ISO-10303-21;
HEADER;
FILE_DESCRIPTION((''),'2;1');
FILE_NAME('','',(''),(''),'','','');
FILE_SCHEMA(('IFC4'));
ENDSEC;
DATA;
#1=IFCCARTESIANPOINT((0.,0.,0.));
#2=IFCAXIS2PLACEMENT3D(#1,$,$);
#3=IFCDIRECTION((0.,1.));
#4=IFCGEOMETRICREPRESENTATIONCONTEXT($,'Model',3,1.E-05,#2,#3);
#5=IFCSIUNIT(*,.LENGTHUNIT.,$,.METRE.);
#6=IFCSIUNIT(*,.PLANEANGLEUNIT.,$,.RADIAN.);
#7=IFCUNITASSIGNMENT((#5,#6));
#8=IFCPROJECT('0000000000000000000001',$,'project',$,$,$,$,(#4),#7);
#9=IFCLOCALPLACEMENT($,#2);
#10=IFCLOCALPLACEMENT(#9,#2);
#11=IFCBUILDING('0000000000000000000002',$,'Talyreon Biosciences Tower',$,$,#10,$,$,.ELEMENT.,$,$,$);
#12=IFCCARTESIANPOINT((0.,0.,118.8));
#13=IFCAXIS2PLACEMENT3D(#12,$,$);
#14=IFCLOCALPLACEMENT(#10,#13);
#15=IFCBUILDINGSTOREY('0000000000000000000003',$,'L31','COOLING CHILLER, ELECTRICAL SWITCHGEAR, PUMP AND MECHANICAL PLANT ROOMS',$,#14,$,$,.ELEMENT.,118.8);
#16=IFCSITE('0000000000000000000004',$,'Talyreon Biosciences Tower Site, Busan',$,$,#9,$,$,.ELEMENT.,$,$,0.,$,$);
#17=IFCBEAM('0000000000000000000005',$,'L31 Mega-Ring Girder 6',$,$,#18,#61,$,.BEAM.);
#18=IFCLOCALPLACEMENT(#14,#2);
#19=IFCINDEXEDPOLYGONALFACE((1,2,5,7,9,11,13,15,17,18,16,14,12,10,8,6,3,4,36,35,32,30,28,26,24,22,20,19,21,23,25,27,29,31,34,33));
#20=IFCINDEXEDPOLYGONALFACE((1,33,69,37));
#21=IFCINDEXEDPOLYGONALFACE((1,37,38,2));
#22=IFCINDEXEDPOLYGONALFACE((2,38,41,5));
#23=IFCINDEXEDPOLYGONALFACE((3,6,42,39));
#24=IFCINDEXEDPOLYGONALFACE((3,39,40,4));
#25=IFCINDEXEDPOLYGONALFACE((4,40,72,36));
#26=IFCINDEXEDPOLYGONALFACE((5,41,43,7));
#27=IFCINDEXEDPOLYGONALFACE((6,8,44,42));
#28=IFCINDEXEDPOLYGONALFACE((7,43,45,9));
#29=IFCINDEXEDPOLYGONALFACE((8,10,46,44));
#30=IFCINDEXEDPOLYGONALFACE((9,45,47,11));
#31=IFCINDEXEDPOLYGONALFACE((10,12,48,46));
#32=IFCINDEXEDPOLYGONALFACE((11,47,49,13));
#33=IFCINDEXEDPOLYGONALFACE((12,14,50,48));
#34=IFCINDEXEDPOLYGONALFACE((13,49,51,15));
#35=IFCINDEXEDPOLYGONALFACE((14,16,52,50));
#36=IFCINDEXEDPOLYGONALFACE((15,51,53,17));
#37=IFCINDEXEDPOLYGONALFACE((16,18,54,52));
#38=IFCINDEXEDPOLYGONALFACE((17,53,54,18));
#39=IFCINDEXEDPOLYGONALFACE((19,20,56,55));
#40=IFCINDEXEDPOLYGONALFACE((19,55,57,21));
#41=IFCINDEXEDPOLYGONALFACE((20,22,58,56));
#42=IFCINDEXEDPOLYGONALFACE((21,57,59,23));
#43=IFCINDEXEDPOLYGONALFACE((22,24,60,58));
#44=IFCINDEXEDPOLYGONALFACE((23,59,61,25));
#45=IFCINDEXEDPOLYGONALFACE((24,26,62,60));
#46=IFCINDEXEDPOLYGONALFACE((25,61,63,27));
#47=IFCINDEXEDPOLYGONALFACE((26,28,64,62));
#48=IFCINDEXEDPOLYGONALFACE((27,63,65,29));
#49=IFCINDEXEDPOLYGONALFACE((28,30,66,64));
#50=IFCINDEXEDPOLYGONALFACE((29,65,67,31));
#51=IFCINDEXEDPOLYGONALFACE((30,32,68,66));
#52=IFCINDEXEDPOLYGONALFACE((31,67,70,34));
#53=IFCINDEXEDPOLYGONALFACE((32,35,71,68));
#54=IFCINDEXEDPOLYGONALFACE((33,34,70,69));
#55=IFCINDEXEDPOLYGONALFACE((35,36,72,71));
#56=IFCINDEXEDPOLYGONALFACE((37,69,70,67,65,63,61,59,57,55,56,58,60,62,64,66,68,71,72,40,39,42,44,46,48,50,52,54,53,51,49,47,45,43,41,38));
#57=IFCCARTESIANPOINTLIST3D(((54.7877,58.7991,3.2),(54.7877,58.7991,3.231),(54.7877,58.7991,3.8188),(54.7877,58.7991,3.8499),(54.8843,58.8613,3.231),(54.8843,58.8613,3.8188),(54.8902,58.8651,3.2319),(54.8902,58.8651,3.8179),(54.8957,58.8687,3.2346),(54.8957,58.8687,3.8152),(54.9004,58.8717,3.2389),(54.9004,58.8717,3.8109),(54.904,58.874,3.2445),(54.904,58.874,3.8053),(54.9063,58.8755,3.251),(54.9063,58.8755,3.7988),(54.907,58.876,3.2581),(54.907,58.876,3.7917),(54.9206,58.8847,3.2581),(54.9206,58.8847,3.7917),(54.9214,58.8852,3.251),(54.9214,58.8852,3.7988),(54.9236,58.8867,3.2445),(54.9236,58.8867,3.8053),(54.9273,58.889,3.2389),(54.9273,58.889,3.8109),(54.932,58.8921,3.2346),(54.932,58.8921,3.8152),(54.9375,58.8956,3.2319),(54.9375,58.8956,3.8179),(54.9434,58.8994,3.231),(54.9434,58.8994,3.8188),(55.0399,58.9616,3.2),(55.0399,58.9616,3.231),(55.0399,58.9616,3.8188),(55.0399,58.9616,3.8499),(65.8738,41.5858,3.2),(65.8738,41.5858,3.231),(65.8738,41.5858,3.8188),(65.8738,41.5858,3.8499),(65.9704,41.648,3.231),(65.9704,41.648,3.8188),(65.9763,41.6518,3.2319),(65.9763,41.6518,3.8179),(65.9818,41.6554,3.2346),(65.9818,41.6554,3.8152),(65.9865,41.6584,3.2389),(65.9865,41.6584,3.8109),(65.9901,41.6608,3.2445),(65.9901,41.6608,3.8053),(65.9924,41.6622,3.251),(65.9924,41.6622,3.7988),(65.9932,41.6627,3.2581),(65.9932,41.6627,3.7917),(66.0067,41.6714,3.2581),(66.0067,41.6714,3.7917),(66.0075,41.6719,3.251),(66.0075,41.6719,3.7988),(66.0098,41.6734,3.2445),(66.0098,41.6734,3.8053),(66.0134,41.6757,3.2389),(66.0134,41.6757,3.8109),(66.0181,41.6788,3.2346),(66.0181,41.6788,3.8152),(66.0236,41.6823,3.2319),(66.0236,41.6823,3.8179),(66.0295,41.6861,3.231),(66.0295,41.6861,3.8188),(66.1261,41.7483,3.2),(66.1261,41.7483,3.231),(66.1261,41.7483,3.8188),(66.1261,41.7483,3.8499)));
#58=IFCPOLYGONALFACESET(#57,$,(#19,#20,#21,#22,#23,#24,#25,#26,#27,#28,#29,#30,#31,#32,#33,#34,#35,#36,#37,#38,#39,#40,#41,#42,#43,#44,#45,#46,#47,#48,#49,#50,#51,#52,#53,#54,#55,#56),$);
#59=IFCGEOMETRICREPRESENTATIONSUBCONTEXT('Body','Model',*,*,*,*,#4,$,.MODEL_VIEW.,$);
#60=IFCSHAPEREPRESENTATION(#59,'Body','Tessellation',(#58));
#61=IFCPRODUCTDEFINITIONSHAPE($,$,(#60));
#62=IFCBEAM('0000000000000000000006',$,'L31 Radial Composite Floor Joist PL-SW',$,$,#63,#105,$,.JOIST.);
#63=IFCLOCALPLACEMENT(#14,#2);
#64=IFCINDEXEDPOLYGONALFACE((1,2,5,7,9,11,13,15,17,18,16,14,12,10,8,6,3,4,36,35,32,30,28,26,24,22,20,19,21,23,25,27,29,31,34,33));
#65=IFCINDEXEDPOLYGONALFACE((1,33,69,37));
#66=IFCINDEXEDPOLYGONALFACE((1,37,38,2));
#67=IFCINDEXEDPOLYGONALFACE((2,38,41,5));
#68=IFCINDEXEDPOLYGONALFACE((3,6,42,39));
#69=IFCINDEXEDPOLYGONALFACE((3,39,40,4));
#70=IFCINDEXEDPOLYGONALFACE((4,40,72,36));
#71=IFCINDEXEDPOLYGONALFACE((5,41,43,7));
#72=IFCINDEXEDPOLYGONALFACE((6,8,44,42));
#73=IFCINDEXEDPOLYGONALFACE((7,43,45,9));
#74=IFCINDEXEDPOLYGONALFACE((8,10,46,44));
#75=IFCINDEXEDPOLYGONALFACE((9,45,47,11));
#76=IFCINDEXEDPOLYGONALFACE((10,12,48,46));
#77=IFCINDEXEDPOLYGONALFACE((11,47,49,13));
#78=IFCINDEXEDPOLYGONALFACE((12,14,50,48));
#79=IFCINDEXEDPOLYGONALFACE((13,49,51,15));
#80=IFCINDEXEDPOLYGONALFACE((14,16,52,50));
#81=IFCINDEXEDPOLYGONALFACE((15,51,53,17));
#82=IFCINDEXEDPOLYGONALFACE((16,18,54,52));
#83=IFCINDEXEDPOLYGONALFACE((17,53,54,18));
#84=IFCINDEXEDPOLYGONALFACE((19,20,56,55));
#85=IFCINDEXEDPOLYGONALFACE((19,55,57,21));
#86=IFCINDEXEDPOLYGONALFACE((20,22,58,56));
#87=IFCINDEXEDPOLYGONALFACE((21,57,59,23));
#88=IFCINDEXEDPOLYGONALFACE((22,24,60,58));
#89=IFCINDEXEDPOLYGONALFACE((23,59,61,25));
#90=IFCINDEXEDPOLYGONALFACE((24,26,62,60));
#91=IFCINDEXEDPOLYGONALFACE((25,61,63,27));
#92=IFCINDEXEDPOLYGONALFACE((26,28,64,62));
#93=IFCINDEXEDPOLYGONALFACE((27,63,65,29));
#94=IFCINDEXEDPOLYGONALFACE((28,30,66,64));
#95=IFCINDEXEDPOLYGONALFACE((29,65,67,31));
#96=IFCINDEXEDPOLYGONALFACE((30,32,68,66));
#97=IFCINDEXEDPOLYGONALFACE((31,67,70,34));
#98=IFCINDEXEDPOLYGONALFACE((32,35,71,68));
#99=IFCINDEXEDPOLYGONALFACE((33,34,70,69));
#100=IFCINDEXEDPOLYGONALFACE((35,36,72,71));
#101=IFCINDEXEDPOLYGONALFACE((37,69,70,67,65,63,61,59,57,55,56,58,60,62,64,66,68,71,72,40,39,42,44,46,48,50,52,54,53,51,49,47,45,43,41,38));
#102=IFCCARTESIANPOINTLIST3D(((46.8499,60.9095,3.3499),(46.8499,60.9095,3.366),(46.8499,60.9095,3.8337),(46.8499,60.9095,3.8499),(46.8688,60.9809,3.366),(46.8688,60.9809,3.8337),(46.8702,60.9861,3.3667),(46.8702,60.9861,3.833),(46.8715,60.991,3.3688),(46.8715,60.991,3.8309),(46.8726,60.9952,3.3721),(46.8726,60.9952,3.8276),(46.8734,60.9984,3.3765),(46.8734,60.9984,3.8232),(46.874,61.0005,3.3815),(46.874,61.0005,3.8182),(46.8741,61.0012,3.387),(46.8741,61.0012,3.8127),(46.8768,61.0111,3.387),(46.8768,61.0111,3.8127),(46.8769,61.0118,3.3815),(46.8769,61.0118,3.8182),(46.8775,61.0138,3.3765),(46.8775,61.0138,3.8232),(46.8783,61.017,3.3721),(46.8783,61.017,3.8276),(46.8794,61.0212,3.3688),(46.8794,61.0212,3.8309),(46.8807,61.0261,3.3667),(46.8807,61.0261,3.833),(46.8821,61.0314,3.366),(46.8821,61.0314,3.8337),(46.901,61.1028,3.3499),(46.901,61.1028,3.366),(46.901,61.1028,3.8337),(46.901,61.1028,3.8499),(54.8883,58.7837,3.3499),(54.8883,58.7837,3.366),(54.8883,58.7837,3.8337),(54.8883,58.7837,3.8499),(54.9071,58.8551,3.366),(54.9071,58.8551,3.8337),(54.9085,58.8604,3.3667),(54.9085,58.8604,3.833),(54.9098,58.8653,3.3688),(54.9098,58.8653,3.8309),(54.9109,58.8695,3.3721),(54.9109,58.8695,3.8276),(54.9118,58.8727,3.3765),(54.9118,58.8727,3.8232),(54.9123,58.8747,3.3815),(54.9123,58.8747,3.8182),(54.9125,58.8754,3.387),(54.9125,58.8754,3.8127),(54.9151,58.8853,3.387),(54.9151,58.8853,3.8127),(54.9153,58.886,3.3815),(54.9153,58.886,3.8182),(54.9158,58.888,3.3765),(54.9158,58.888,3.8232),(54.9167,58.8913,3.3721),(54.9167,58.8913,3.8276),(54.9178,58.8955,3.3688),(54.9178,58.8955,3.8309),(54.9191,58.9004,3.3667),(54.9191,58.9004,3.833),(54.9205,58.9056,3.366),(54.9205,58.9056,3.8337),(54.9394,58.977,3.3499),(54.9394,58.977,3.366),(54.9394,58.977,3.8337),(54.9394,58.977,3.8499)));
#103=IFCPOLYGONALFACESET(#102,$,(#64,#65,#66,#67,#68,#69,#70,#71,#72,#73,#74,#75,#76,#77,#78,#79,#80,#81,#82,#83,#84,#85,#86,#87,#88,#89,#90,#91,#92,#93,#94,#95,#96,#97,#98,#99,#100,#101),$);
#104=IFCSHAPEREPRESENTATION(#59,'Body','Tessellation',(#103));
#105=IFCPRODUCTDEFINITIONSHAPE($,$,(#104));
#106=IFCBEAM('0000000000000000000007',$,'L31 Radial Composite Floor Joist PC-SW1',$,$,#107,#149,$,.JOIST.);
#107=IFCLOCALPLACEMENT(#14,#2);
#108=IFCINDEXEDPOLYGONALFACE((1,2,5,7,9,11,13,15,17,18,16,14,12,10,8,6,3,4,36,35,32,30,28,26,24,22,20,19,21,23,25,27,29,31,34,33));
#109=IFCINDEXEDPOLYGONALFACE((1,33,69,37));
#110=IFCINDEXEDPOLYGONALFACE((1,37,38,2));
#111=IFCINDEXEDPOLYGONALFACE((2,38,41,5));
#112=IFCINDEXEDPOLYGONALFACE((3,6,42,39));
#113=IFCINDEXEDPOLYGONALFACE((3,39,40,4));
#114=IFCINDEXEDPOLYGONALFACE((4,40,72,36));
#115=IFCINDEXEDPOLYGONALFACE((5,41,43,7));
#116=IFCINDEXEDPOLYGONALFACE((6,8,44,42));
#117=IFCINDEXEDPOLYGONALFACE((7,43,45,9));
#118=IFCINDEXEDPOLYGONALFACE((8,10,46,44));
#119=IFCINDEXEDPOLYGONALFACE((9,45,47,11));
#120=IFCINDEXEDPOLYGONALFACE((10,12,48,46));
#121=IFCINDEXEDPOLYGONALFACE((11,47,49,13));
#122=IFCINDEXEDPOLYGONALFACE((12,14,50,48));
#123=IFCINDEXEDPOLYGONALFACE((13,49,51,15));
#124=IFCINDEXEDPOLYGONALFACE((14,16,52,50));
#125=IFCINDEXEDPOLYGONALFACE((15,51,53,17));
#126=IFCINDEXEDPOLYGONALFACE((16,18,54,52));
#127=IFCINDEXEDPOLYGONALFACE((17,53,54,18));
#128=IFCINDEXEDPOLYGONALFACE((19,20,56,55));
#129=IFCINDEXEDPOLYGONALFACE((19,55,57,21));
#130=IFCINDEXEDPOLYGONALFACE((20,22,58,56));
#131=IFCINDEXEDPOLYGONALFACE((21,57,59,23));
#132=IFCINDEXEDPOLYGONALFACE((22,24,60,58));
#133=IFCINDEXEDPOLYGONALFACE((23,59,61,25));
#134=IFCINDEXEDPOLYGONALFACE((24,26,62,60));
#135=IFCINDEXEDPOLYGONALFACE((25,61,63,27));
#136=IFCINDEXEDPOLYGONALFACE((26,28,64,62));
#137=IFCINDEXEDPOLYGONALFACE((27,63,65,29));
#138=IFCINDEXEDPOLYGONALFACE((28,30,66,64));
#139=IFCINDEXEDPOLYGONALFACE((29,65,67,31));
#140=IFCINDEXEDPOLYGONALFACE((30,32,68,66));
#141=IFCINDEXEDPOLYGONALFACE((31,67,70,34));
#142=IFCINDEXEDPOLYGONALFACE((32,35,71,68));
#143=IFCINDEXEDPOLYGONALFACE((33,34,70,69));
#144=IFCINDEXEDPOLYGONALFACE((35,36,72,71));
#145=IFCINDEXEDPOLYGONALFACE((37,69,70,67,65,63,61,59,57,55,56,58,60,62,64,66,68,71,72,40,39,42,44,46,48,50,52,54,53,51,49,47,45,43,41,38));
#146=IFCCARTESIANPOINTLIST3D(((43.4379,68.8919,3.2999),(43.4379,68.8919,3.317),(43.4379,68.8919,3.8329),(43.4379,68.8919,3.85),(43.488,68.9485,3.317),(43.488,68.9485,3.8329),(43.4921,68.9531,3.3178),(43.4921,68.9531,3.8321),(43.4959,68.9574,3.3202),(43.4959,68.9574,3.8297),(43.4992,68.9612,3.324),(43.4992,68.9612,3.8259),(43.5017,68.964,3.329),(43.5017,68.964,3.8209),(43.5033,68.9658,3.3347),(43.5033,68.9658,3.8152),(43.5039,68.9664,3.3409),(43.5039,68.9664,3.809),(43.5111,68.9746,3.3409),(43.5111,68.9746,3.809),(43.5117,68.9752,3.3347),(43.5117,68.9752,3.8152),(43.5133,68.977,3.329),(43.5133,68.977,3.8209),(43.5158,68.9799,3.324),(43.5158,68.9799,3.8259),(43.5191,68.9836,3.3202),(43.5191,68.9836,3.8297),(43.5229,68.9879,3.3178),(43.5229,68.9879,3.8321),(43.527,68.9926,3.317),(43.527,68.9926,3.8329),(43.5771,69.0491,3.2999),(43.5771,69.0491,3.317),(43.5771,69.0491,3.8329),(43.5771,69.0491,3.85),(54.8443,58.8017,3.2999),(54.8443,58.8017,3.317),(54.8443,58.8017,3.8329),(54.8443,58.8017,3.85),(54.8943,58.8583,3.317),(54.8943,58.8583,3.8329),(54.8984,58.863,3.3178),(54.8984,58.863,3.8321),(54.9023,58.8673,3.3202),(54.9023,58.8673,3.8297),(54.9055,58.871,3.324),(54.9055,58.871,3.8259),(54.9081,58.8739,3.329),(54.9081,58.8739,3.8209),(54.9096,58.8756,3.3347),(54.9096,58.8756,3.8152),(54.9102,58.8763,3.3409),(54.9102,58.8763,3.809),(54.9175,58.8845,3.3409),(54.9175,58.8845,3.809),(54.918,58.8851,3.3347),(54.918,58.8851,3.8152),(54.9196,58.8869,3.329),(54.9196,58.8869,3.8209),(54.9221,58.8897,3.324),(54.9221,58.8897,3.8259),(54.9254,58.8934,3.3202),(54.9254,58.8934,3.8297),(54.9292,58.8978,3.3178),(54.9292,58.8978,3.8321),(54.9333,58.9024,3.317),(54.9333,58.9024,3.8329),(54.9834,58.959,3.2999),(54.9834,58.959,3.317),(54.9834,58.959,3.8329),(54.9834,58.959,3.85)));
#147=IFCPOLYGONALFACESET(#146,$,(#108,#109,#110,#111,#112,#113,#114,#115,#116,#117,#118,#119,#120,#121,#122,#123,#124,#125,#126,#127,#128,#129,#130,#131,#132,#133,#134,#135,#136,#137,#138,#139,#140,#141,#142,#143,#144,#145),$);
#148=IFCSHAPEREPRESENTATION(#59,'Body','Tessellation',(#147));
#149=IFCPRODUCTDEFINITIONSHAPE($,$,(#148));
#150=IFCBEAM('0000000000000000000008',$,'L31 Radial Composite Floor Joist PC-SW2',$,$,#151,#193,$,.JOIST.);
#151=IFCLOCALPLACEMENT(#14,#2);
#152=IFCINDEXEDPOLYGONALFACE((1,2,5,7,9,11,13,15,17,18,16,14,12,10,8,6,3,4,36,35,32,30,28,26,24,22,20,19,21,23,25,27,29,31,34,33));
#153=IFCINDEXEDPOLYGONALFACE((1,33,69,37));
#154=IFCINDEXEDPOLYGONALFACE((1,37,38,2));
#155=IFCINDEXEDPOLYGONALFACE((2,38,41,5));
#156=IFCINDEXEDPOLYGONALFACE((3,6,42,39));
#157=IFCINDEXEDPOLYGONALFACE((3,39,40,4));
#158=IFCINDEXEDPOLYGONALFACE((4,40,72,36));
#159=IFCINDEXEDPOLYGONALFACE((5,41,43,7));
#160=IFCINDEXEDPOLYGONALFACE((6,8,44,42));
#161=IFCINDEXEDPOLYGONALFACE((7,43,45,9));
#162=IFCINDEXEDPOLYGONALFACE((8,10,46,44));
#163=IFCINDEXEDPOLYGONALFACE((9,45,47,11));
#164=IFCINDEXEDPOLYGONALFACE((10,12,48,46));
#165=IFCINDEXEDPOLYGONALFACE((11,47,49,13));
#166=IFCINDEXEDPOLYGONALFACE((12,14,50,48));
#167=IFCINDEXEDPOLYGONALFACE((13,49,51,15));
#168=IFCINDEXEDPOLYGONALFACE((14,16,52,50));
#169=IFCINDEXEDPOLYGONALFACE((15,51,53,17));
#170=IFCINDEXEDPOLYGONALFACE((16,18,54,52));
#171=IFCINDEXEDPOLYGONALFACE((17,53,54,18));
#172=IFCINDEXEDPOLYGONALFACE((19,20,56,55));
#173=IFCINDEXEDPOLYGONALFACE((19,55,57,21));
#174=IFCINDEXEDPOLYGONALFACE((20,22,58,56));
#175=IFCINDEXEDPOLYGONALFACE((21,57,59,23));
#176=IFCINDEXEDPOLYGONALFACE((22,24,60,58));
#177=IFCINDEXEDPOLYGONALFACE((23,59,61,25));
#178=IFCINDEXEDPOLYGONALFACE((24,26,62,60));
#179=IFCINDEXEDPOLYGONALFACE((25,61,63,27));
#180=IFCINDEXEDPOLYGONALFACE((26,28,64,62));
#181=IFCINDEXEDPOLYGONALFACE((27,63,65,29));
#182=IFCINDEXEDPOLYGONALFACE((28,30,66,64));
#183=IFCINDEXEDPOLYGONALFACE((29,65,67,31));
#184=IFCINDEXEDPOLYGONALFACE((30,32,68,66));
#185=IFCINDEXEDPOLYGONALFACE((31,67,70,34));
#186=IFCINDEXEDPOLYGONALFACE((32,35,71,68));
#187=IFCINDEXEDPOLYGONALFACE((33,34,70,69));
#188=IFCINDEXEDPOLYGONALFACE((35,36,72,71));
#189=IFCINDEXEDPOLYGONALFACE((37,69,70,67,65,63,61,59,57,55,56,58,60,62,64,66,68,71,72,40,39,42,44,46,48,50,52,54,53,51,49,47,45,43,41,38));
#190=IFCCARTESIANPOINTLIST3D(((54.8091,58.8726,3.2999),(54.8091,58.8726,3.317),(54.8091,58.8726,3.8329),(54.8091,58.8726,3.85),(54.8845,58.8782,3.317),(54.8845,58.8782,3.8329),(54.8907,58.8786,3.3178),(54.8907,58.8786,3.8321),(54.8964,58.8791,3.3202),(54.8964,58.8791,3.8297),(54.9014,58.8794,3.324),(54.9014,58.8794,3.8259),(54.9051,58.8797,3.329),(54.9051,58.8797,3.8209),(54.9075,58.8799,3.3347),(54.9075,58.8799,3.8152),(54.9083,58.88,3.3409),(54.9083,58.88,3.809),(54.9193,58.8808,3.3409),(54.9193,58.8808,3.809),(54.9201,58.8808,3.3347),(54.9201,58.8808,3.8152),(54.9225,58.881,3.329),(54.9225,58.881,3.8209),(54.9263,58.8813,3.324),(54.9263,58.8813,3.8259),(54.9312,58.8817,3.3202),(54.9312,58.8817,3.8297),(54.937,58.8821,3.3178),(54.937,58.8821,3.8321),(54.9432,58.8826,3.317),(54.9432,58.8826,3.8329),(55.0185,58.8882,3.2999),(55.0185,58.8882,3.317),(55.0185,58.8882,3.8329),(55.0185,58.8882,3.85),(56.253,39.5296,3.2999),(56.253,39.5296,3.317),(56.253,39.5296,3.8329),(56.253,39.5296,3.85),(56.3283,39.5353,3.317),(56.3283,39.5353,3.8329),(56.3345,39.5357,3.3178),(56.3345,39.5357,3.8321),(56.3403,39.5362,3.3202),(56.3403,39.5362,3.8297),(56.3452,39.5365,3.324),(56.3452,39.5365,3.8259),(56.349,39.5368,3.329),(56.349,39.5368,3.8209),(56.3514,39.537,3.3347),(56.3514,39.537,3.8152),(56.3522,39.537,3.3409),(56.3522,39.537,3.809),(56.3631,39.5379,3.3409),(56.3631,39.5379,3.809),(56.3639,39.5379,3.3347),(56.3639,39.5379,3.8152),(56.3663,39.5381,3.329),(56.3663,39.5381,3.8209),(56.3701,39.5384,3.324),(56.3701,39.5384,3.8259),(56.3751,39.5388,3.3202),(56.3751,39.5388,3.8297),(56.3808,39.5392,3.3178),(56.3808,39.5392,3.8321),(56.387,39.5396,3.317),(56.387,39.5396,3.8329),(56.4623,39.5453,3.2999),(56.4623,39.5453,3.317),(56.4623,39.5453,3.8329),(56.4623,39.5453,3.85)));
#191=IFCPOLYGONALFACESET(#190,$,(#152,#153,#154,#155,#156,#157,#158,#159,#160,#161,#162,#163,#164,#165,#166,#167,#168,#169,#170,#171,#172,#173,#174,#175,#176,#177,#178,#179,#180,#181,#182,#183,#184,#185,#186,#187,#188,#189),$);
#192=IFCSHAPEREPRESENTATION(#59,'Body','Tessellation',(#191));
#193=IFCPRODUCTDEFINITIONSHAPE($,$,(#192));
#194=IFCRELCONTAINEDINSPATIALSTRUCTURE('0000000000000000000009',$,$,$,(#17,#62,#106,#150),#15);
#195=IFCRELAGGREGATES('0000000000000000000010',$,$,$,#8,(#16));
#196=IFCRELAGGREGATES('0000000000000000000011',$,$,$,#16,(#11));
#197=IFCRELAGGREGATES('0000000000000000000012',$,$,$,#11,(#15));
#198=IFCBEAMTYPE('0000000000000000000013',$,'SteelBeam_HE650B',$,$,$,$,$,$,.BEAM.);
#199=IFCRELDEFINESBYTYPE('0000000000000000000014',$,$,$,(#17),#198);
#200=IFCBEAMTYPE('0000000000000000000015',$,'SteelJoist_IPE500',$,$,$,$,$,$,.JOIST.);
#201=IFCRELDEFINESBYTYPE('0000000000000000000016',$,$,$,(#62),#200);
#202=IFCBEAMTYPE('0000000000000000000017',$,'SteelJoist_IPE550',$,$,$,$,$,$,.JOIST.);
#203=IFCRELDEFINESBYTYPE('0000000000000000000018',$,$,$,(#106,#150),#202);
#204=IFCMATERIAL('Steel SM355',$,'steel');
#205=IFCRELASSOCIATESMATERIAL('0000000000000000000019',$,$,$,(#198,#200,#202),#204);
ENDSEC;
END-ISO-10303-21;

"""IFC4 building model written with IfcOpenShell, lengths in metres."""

from ifc_helpers import new_model, si_unit, direction, frame, origin, origin_2d, place, context, subcontext, project, spatial, i_section, extrude, material, material_profile, profile_set, type_object, element, save


model = new_model("IFC4")

# Units and contexts
model_context = context("Model", 3, precision=1e-05, world=origin(), true_north=direction((0.0, 1.0)))
body_context = subcontext(model_context, "Body", "Model", "MODEL_VIEW")
ifc_project = project(units=[si_unit("LENGTHUNIT", "METRE"), si_unit("PLANEANGLEUNIT", "RADIAN")], contexts=[model_context])

# Site, building, storey
site_placement = place(None, origin())
site = spatial("IfcSite", under=ifc_project, at=site_placement, Name="Talyreon Biosciences Tower Site, Busan", CompositionType="ELEMENT", RefElevation=0.0)
building_placement = place(site_placement, origin())
building = spatial("IfcBuilding", under=site, at=building_placement, Name="Talyreon Biosciences Tower", CompositionType="ELEMENT")
storey_placement = place(building_placement, frame((0.0, 0.0, 118.8)))
storey = spatial("IfcBuildingStorey", under=building, at=storey_placement, Name="L31", Description="COOLING CHILLER, ELECTRICAL SWITCHGEAR, PUMP AND MECHANICAL PLANT ROOMS", CompositionType="ELEMENT", Elevation=118.8)

# Shared definitions
ifc_material_1 = material(Name="Steel SM355", Category="steel")

# Beams
ifc_material_profile_1 = material_profile(ifc_material_1, i_section(OverallWidth=0.3, OverallDepth=0.6499, WebThickness=0.0161, FlangeThickness=0.031, FilletRadius=0.0271, at=origin_2d()), Name="HE650B")
ifc_profile_set_1 = profile_set([ifc_material_profile_1], Name="Steel SM355")
beam_type_1 = type_object("IfcBeamType", Name="SteelBeam_HE650B", PredefinedType="BEAM", material=ifc_profile_set_1)
beam_1_placement = place(storey_placement, frame((54.9138, 58.8804, 3.5249), z_axis=(0.541464, -0.840724, 0.0), x_axis=(0.840724, 0.541464, 0.0)))
element("IfcBeam", 1, at=beam_1_placement, inside=storey, type_object=beam_type_1, Name="L31 Mega-Ring Girder 6", PredefinedType="BEAM", context=body_context, shape_type="SweptSolid", body=[
    extrude(i_section(OverallWidth=0.3, OverallDepth=0.6499, WebThickness=0.0161, FlangeThickness=0.031, FilletRadius=0.0271, at=origin_2d()), origin(), (0.0, 0.0, 1.0), 20.4744),
])
ifc_material_profile_2 = material_profile(ifc_material_1, i_section(OverallWidth=0.2, OverallDepth=0.5, WebThickness=0.0103, FlangeThickness=0.0161, FilletRadius=0.021, at=origin_2d()), Name="IPE500")
ifc_profile_set_2 = profile_set([ifc_material_profile_2], Name="Steel SM355")
beam_type_2 = type_object("IfcBeamType", Name="SteelJoist_IPE500", PredefinedType="JOIST", material=ifc_profile_set_2)
beam_2_placement = place(storey_placement, frame((54.9138, 58.8804, 3.5999), z_axis=(-0.966767, 0.255661, 0.0), x_axis=(-0.255661, -0.966767, 0.0)))
element("IfcBeam", 2, at=beam_2_placement, inside=storey, type_object=beam_type_2, Name="L31 Radial Composite Floor Joist PL-SW", PredefinedType="JOIST", context=body_context, shape_type="SweptSolid", body=[
    extrude(i_section(OverallWidth=0.2, OverallDepth=0.5, WebThickness=0.0103, FlangeThickness=0.0161, FilletRadius=0.021, at=origin_2d()), origin(), (0.0, 0.0, 1.0), 8.3147),
])
ifc_material_profile_3 = material_profile(ifc_material_1, i_section(OverallWidth=0.21, OverallDepth=0.55, WebThickness=0.011, FlangeThickness=0.0171, FilletRadius=0.0239, at=origin_2d()), Name="IPE550")
ifc_profile_set_3 = profile_set([ifc_material_profile_3], Name="Steel SM355")
beam_type_3 = type_object("IfcBeamType", Name="SteelJoist_IPE550", PredefinedType="JOIST", material=ifc_profile_set_3)
beam_3_placement = place(storey_placement, frame((54.9138, 58.8804, 3.575), z_axis=(-0.748998, 0.662572, 0.0), x_axis=(-0.662572, -0.748998, 0.0)))
element("IfcBeam", 3, at=beam_3_placement, inside=storey, type_object=beam_type_3, Name="L31 Radial Composite Floor Joist PC-SW1", PredefinedType="JOIST", context=body_context, shape_type="SweptSolid", body=[
    extrude(i_section(OverallWidth=0.21, OverallDepth=0.55, WebThickness=0.011, FlangeThickness=0.0171, FilletRadius=0.0239, at=origin_2d()), origin(), (0.0, 0.0, 1.0), 15.2288),
])
beam_4_placement = place(storey_placement, frame((54.9138, 58.8804, 3.575), z_axis=(0.074437, -0.997226, 0.0), x_axis=(0.997226, 0.074437, 0.0)))
element("IfcBeam", 4, at=beam_4_placement, inside=storey, type_object=beam_type_3, Name="L31 Radial Composite Floor Joist PC-SW2", PredefinedType="JOIST", context=body_context, shape_type="SweptSolid", body=[
    extrude(i_section(OverallWidth=0.21, OverallDepth=0.55, WebThickness=0.011, FlangeThickness=0.0171, FilletRadius=0.0239, at=origin_2d()), origin(), (0.0, 0.0, 1.0), 19.3967),
])

save(model, "model.ifc")
